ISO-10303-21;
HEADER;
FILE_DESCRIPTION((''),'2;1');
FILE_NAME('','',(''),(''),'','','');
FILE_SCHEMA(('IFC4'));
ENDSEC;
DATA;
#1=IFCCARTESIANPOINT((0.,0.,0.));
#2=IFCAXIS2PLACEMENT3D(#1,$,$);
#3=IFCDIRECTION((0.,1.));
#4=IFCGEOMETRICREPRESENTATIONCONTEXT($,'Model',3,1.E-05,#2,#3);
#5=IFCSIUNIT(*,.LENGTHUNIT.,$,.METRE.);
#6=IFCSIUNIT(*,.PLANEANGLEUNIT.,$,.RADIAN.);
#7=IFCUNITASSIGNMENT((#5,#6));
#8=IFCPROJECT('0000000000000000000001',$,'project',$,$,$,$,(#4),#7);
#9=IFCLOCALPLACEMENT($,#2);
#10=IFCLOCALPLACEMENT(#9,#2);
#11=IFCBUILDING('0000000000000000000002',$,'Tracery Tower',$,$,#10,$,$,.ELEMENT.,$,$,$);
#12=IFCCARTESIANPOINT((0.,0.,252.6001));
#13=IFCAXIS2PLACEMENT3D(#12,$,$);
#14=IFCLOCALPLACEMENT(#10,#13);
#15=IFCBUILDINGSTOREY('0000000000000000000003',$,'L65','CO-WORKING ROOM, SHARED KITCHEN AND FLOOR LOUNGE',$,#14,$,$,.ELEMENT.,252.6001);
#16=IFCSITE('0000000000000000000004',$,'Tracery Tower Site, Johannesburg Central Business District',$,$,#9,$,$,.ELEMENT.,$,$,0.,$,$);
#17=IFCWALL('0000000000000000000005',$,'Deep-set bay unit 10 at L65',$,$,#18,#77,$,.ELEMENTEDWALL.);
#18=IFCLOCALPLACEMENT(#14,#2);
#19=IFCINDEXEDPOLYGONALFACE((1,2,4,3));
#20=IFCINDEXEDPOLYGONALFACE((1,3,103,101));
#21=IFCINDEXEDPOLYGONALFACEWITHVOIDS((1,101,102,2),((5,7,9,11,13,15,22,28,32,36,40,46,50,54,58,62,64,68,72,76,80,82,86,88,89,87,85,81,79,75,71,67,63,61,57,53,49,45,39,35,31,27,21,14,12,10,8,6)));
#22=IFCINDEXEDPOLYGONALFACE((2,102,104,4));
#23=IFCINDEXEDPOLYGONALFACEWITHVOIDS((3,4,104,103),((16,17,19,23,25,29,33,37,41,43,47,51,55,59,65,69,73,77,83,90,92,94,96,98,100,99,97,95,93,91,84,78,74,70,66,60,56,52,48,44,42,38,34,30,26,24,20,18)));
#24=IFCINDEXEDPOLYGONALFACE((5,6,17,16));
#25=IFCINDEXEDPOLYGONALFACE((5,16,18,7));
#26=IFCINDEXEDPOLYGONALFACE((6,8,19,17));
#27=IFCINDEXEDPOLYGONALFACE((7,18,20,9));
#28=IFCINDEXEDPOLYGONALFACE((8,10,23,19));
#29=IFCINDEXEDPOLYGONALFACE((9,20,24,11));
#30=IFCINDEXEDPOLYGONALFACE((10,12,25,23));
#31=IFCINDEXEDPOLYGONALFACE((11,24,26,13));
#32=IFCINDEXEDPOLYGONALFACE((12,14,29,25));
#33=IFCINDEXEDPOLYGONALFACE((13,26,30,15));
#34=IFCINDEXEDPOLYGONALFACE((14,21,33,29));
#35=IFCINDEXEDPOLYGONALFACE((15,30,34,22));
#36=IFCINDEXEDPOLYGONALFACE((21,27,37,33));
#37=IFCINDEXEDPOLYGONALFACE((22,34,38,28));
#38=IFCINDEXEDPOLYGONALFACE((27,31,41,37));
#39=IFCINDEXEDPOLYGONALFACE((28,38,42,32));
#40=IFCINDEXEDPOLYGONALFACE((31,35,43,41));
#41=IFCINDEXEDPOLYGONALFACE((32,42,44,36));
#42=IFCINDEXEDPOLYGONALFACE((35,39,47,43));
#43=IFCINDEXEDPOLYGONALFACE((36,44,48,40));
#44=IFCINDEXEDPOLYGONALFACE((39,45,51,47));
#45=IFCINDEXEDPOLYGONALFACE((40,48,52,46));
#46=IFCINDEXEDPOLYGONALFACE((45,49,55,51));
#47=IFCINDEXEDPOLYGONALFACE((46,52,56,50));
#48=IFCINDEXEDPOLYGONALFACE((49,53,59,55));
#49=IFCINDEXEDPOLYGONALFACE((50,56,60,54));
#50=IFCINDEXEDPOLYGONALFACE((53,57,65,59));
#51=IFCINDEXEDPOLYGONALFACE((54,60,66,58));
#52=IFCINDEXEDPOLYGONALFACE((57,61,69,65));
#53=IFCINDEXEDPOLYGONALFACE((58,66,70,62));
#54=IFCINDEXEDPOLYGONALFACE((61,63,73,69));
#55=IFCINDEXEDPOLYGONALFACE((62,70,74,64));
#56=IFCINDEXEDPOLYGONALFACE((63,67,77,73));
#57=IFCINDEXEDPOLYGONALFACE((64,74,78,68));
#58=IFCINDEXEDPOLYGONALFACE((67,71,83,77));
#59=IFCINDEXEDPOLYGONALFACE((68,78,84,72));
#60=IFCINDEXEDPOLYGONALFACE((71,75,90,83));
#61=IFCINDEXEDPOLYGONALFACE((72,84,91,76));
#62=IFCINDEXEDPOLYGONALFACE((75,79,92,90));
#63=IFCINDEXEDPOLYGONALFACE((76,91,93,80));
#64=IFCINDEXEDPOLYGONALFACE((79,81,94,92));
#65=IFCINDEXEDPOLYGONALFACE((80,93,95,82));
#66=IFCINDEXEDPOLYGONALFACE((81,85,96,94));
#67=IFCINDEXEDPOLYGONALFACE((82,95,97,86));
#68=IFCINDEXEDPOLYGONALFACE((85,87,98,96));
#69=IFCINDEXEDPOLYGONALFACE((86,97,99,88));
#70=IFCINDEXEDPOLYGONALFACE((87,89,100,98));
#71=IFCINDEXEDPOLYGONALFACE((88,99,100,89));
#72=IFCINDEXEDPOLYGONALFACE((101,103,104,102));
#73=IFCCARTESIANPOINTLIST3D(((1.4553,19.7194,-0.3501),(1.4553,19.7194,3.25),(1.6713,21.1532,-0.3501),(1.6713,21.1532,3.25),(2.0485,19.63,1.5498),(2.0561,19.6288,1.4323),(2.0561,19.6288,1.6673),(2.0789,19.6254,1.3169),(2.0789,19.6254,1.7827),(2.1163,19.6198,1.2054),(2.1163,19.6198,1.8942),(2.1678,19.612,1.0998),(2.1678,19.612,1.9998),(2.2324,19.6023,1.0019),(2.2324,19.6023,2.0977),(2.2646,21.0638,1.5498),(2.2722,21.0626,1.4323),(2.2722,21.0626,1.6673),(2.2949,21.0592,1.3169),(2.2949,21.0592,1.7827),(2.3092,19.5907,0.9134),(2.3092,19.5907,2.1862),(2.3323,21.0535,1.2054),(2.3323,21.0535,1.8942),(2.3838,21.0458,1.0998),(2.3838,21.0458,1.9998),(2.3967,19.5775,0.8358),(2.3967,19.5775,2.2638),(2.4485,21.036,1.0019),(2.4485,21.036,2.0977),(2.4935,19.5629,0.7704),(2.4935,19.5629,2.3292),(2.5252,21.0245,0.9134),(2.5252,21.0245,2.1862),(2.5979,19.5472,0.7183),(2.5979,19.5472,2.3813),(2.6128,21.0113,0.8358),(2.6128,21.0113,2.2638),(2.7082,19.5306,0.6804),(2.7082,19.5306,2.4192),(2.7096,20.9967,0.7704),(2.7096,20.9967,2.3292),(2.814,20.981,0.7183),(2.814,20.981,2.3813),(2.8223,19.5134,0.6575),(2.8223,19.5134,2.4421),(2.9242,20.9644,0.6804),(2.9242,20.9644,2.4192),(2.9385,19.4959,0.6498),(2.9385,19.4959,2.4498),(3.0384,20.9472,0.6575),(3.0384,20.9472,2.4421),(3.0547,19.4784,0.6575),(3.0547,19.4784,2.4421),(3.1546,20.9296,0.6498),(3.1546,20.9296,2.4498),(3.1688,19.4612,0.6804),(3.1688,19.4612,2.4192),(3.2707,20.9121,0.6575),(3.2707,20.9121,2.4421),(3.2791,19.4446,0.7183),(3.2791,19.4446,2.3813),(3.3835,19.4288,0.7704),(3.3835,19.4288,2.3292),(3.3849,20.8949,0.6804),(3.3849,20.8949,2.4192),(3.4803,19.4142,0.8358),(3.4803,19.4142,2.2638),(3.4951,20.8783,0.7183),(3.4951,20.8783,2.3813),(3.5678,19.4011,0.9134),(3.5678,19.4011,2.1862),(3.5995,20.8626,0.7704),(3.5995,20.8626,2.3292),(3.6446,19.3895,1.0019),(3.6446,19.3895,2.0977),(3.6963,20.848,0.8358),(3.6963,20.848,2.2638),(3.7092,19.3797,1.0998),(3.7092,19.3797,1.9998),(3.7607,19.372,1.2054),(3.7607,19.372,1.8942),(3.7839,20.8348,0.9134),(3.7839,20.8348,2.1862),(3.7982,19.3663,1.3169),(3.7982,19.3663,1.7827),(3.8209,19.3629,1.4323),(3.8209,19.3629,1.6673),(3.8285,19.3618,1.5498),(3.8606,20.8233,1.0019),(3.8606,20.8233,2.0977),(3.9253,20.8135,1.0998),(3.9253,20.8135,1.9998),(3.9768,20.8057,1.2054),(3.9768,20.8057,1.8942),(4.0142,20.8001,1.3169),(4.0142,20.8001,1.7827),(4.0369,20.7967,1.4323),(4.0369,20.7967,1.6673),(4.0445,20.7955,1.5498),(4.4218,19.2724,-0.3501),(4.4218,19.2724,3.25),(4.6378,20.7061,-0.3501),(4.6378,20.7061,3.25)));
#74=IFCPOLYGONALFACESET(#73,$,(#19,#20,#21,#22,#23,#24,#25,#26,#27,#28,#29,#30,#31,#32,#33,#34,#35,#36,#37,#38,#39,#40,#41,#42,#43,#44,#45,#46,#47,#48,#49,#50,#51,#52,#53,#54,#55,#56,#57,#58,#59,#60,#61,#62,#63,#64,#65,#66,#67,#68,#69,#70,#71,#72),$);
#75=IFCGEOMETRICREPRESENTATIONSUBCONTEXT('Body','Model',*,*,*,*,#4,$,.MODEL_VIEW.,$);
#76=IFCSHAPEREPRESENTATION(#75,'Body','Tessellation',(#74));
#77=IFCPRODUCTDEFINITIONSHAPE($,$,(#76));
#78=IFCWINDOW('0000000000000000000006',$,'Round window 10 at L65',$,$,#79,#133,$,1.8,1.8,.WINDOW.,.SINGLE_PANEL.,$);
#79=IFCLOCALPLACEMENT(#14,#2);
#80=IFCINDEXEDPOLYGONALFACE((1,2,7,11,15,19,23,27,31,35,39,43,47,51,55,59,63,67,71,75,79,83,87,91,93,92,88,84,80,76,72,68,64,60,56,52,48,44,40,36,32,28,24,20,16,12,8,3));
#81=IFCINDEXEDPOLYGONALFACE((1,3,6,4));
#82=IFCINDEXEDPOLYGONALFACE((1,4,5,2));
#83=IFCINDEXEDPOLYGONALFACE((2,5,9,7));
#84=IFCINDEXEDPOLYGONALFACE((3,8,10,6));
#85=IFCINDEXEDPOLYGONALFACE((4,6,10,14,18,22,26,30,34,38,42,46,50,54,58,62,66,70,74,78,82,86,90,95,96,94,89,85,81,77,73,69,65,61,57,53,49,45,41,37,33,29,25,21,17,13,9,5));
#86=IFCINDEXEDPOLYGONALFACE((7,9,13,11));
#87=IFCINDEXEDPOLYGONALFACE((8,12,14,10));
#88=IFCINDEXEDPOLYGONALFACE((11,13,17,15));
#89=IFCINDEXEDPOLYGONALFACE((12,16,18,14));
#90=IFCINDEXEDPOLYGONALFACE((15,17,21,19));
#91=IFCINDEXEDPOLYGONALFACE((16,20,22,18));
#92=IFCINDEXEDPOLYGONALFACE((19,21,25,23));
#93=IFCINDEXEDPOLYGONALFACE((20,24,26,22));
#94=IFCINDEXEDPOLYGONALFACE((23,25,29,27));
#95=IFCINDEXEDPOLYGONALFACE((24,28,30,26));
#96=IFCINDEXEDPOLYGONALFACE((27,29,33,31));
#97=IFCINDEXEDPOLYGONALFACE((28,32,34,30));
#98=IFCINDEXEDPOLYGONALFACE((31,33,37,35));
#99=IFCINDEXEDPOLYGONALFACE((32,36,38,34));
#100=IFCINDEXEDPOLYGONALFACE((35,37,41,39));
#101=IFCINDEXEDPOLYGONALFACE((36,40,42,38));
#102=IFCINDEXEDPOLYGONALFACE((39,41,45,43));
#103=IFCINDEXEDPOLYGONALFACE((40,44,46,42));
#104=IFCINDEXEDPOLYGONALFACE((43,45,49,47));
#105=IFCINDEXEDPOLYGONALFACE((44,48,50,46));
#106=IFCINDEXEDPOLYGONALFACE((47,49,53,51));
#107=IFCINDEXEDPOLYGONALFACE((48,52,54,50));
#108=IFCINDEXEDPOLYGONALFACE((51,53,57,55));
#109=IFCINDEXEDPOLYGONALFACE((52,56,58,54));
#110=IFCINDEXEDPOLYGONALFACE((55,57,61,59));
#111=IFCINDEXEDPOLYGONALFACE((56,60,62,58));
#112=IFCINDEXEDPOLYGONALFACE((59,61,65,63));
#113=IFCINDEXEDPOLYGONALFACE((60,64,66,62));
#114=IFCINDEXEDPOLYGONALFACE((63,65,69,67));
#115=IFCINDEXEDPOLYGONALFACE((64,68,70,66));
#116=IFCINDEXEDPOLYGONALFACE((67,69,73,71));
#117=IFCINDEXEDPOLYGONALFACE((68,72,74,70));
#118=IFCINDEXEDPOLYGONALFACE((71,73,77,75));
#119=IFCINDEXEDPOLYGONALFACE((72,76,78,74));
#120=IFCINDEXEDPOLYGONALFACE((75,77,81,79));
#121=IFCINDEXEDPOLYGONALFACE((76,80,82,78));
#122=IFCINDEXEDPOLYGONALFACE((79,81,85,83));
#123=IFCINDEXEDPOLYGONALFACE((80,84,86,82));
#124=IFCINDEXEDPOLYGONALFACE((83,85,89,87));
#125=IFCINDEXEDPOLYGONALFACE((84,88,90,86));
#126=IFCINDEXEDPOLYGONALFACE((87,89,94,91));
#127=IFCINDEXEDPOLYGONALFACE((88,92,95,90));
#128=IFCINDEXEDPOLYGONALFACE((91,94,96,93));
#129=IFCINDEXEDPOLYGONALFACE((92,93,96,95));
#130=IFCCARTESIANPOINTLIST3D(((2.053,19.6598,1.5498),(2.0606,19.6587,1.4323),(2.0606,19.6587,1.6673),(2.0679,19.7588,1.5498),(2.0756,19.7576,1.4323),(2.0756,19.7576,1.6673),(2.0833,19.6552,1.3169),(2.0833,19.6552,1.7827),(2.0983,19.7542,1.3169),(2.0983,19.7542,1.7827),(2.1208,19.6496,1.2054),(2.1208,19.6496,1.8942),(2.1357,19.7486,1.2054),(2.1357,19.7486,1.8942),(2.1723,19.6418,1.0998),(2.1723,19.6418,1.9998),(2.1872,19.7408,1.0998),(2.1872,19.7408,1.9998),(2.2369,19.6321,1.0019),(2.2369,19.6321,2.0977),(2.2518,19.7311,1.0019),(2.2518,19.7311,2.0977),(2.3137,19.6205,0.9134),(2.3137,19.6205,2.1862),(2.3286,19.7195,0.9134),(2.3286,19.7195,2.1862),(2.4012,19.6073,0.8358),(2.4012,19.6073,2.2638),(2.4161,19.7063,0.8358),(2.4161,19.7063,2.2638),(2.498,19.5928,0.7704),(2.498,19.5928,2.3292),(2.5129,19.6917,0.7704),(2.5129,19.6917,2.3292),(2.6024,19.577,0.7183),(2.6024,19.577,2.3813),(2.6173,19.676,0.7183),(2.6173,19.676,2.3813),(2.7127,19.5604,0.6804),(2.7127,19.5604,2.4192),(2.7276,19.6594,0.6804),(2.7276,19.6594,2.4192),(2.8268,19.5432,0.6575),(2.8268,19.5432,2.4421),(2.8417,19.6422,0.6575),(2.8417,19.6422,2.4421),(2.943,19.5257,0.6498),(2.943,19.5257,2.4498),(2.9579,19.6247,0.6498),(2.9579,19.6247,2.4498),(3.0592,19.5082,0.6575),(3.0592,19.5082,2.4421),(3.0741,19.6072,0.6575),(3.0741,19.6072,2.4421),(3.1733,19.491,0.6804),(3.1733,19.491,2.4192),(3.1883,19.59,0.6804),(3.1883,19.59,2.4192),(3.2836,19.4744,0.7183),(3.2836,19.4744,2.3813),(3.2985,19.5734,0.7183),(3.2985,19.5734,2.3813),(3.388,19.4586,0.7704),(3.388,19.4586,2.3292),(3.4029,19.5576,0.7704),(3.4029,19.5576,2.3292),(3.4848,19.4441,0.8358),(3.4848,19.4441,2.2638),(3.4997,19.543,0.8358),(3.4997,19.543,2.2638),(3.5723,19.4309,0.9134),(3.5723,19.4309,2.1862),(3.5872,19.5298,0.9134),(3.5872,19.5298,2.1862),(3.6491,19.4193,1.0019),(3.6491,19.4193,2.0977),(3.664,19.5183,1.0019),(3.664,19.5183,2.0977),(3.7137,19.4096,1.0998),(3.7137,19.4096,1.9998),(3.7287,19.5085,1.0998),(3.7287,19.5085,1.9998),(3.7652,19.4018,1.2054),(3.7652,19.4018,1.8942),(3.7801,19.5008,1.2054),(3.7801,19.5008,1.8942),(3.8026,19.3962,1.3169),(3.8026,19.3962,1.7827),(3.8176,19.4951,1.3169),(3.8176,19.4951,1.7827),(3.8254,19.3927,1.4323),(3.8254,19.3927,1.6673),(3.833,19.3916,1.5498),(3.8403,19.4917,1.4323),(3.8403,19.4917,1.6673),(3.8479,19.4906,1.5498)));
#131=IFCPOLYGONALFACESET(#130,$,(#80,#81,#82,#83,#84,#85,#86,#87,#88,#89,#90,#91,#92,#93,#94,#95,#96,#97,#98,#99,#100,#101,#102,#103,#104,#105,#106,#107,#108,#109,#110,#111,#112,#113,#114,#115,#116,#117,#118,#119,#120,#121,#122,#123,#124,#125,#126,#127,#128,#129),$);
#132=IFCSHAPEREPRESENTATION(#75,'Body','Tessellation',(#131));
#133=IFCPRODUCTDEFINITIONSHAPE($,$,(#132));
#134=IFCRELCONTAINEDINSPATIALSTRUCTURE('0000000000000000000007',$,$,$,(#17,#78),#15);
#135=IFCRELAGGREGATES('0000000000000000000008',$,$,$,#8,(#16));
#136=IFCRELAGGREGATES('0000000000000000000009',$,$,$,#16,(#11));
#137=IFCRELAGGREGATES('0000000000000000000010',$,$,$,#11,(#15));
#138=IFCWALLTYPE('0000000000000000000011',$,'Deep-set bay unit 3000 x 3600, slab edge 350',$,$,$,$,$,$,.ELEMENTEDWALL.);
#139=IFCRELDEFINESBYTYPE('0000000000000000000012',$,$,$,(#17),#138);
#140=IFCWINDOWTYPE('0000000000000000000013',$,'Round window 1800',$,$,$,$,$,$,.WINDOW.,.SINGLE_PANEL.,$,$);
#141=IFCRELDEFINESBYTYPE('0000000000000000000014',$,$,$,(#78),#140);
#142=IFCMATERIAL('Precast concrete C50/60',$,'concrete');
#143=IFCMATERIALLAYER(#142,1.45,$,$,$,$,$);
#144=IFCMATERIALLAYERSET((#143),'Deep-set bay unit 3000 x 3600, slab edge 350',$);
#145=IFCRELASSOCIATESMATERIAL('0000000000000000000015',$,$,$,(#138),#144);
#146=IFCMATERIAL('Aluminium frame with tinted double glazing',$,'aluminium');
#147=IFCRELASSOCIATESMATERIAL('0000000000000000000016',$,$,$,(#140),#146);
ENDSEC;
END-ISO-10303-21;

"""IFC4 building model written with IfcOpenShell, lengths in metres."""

from ifc_helpers import new_model, si_unit, direction, frame, frame_2d, origin, origin_2d, place, context, subcontext, project, spatial, rectangle, circle, extrude, material, layer, layer_set, type_object, element, fill, save


model = new_model("IFC4")

# Units and contexts
model_context = context("Model", 3, precision=1e-05, world=origin(), true_north=direction((0.0, 1.0)))
body_context = subcontext(model_context, "Body", "Model", "MODEL_VIEW")
ifc_project = project(units=[si_unit("LENGTHUNIT", "METRE"), si_unit("PLANEANGLEUNIT", "RADIAN")], contexts=[model_context])

# Site, building, storey
site_placement = place(None, origin())
site = spatial("IfcSite", under=ifc_project, at=site_placement, Name="Tracery Tower Site, Johannesburg Central Business District", CompositionType="ELEMENT", RefElevation=0.0)
building_placement = place(site_placement, origin())
building = spatial("IfcBuilding", under=site, at=building_placement, Name="Tracery Tower", CompositionType="ELEMENT")
storey_placement = place(building_placement, frame((0.0, 0.0, 252.6001)))
storey = spatial("IfcBuildingStorey", under=building, at=storey_placement, Name="L65", Description="CO-WORKING ROOM, SHARED KITCHEN AND FLOOR LOUNGE", CompositionType="ELEMENT", Elevation=252.6001)

# Wall, opening, window
ifc_material_1 = material(Name="Precast concrete C50/60", Category="concrete")
ifc_layer_1 = layer(ifc_material_1, 1.45)
ifc_layer_set_1 = layer_set([ifc_layer_1], Name="Deep-set bay unit 3000 x 3600, slab edge 350")
wall_type_1 = type_object("IfcWallType", Name="Deep-set bay unit 3000 x 3600, slab edge 350", PredefinedType="ELEMENTEDWALL", material=ifc_layer_set_1)
wall_1_placement = place(storey_placement, frame((4.5298, 19.9893, -0.3501), z_axis=(0.0, 0.0, 1.0), x_axis=(-0.988836, 0.149005, 0.0)))
wall_1 = element("IfcWall", 1, at=wall_1_placement, inside=storey, type_object=wall_type_1, Name="Deep-set bay unit 10 at L65", PredefinedType="ELEMENTEDWALL", context=body_context, shape_type="SweptSolid", body=[
    extrude(rectangle(XDim=3.0, YDim=1.45, at=frame_2d((1.5, 0.0))), origin(), (0.0, 0.0, 1.0), 3.6001),
])
opening_1_placement = place(wall_1_placement, frame((1.5, 0.0, 1.8999)))
opening_1 = element("IfcOpeningElement", 2, at=opening_1_placement, cuts=wall_1, PredefinedType="OPENING", context=body_context, shape_type="SweptSolid", body=[
    extrude(circle(Radius=0.9, at=origin_2d()), frame((0.0, 0.7349, 0.0), z_axis=(0.0, -1.0, 0.0), x_axis=(1.0, 0.0, 0.0)), (0.0, 0.0, 1.0), 1.47),
])
ifc_material_2 = material(Name="Aluminium frame with tinted double glazing", Category="aluminium")
window_type = type_object("IfcWindowType", Name="Round window 1800", PartitioningType="SINGLE_PANEL", PredefinedType="WINDOW", material=ifc_material_2)
window_1_placement = place(opening_1_placement, origin())
window_1 = element("IfcWindow", 3, at=window_1_placement, inside=storey, type_object=window_type, Name="Round window 10 at L65", OverallHeight=1.8, OverallWidth=1.8, PartitioningType="SINGLE_PANEL", PredefinedType="WINDOW", context=body_context, shape_type="SweptSolid", body=[
    extrude(circle(Radius=0.9, at=origin_2d()), frame((0.0, 0.6948, 0.0), z_axis=(0.0, -1.0, 0.0), x_axis=(1.0, 0.0, 0.0)), (0.0, 0.0, 1.0), 0.1001),
])
fill(opening_1, window_1)

save(model, "model.ifc")
